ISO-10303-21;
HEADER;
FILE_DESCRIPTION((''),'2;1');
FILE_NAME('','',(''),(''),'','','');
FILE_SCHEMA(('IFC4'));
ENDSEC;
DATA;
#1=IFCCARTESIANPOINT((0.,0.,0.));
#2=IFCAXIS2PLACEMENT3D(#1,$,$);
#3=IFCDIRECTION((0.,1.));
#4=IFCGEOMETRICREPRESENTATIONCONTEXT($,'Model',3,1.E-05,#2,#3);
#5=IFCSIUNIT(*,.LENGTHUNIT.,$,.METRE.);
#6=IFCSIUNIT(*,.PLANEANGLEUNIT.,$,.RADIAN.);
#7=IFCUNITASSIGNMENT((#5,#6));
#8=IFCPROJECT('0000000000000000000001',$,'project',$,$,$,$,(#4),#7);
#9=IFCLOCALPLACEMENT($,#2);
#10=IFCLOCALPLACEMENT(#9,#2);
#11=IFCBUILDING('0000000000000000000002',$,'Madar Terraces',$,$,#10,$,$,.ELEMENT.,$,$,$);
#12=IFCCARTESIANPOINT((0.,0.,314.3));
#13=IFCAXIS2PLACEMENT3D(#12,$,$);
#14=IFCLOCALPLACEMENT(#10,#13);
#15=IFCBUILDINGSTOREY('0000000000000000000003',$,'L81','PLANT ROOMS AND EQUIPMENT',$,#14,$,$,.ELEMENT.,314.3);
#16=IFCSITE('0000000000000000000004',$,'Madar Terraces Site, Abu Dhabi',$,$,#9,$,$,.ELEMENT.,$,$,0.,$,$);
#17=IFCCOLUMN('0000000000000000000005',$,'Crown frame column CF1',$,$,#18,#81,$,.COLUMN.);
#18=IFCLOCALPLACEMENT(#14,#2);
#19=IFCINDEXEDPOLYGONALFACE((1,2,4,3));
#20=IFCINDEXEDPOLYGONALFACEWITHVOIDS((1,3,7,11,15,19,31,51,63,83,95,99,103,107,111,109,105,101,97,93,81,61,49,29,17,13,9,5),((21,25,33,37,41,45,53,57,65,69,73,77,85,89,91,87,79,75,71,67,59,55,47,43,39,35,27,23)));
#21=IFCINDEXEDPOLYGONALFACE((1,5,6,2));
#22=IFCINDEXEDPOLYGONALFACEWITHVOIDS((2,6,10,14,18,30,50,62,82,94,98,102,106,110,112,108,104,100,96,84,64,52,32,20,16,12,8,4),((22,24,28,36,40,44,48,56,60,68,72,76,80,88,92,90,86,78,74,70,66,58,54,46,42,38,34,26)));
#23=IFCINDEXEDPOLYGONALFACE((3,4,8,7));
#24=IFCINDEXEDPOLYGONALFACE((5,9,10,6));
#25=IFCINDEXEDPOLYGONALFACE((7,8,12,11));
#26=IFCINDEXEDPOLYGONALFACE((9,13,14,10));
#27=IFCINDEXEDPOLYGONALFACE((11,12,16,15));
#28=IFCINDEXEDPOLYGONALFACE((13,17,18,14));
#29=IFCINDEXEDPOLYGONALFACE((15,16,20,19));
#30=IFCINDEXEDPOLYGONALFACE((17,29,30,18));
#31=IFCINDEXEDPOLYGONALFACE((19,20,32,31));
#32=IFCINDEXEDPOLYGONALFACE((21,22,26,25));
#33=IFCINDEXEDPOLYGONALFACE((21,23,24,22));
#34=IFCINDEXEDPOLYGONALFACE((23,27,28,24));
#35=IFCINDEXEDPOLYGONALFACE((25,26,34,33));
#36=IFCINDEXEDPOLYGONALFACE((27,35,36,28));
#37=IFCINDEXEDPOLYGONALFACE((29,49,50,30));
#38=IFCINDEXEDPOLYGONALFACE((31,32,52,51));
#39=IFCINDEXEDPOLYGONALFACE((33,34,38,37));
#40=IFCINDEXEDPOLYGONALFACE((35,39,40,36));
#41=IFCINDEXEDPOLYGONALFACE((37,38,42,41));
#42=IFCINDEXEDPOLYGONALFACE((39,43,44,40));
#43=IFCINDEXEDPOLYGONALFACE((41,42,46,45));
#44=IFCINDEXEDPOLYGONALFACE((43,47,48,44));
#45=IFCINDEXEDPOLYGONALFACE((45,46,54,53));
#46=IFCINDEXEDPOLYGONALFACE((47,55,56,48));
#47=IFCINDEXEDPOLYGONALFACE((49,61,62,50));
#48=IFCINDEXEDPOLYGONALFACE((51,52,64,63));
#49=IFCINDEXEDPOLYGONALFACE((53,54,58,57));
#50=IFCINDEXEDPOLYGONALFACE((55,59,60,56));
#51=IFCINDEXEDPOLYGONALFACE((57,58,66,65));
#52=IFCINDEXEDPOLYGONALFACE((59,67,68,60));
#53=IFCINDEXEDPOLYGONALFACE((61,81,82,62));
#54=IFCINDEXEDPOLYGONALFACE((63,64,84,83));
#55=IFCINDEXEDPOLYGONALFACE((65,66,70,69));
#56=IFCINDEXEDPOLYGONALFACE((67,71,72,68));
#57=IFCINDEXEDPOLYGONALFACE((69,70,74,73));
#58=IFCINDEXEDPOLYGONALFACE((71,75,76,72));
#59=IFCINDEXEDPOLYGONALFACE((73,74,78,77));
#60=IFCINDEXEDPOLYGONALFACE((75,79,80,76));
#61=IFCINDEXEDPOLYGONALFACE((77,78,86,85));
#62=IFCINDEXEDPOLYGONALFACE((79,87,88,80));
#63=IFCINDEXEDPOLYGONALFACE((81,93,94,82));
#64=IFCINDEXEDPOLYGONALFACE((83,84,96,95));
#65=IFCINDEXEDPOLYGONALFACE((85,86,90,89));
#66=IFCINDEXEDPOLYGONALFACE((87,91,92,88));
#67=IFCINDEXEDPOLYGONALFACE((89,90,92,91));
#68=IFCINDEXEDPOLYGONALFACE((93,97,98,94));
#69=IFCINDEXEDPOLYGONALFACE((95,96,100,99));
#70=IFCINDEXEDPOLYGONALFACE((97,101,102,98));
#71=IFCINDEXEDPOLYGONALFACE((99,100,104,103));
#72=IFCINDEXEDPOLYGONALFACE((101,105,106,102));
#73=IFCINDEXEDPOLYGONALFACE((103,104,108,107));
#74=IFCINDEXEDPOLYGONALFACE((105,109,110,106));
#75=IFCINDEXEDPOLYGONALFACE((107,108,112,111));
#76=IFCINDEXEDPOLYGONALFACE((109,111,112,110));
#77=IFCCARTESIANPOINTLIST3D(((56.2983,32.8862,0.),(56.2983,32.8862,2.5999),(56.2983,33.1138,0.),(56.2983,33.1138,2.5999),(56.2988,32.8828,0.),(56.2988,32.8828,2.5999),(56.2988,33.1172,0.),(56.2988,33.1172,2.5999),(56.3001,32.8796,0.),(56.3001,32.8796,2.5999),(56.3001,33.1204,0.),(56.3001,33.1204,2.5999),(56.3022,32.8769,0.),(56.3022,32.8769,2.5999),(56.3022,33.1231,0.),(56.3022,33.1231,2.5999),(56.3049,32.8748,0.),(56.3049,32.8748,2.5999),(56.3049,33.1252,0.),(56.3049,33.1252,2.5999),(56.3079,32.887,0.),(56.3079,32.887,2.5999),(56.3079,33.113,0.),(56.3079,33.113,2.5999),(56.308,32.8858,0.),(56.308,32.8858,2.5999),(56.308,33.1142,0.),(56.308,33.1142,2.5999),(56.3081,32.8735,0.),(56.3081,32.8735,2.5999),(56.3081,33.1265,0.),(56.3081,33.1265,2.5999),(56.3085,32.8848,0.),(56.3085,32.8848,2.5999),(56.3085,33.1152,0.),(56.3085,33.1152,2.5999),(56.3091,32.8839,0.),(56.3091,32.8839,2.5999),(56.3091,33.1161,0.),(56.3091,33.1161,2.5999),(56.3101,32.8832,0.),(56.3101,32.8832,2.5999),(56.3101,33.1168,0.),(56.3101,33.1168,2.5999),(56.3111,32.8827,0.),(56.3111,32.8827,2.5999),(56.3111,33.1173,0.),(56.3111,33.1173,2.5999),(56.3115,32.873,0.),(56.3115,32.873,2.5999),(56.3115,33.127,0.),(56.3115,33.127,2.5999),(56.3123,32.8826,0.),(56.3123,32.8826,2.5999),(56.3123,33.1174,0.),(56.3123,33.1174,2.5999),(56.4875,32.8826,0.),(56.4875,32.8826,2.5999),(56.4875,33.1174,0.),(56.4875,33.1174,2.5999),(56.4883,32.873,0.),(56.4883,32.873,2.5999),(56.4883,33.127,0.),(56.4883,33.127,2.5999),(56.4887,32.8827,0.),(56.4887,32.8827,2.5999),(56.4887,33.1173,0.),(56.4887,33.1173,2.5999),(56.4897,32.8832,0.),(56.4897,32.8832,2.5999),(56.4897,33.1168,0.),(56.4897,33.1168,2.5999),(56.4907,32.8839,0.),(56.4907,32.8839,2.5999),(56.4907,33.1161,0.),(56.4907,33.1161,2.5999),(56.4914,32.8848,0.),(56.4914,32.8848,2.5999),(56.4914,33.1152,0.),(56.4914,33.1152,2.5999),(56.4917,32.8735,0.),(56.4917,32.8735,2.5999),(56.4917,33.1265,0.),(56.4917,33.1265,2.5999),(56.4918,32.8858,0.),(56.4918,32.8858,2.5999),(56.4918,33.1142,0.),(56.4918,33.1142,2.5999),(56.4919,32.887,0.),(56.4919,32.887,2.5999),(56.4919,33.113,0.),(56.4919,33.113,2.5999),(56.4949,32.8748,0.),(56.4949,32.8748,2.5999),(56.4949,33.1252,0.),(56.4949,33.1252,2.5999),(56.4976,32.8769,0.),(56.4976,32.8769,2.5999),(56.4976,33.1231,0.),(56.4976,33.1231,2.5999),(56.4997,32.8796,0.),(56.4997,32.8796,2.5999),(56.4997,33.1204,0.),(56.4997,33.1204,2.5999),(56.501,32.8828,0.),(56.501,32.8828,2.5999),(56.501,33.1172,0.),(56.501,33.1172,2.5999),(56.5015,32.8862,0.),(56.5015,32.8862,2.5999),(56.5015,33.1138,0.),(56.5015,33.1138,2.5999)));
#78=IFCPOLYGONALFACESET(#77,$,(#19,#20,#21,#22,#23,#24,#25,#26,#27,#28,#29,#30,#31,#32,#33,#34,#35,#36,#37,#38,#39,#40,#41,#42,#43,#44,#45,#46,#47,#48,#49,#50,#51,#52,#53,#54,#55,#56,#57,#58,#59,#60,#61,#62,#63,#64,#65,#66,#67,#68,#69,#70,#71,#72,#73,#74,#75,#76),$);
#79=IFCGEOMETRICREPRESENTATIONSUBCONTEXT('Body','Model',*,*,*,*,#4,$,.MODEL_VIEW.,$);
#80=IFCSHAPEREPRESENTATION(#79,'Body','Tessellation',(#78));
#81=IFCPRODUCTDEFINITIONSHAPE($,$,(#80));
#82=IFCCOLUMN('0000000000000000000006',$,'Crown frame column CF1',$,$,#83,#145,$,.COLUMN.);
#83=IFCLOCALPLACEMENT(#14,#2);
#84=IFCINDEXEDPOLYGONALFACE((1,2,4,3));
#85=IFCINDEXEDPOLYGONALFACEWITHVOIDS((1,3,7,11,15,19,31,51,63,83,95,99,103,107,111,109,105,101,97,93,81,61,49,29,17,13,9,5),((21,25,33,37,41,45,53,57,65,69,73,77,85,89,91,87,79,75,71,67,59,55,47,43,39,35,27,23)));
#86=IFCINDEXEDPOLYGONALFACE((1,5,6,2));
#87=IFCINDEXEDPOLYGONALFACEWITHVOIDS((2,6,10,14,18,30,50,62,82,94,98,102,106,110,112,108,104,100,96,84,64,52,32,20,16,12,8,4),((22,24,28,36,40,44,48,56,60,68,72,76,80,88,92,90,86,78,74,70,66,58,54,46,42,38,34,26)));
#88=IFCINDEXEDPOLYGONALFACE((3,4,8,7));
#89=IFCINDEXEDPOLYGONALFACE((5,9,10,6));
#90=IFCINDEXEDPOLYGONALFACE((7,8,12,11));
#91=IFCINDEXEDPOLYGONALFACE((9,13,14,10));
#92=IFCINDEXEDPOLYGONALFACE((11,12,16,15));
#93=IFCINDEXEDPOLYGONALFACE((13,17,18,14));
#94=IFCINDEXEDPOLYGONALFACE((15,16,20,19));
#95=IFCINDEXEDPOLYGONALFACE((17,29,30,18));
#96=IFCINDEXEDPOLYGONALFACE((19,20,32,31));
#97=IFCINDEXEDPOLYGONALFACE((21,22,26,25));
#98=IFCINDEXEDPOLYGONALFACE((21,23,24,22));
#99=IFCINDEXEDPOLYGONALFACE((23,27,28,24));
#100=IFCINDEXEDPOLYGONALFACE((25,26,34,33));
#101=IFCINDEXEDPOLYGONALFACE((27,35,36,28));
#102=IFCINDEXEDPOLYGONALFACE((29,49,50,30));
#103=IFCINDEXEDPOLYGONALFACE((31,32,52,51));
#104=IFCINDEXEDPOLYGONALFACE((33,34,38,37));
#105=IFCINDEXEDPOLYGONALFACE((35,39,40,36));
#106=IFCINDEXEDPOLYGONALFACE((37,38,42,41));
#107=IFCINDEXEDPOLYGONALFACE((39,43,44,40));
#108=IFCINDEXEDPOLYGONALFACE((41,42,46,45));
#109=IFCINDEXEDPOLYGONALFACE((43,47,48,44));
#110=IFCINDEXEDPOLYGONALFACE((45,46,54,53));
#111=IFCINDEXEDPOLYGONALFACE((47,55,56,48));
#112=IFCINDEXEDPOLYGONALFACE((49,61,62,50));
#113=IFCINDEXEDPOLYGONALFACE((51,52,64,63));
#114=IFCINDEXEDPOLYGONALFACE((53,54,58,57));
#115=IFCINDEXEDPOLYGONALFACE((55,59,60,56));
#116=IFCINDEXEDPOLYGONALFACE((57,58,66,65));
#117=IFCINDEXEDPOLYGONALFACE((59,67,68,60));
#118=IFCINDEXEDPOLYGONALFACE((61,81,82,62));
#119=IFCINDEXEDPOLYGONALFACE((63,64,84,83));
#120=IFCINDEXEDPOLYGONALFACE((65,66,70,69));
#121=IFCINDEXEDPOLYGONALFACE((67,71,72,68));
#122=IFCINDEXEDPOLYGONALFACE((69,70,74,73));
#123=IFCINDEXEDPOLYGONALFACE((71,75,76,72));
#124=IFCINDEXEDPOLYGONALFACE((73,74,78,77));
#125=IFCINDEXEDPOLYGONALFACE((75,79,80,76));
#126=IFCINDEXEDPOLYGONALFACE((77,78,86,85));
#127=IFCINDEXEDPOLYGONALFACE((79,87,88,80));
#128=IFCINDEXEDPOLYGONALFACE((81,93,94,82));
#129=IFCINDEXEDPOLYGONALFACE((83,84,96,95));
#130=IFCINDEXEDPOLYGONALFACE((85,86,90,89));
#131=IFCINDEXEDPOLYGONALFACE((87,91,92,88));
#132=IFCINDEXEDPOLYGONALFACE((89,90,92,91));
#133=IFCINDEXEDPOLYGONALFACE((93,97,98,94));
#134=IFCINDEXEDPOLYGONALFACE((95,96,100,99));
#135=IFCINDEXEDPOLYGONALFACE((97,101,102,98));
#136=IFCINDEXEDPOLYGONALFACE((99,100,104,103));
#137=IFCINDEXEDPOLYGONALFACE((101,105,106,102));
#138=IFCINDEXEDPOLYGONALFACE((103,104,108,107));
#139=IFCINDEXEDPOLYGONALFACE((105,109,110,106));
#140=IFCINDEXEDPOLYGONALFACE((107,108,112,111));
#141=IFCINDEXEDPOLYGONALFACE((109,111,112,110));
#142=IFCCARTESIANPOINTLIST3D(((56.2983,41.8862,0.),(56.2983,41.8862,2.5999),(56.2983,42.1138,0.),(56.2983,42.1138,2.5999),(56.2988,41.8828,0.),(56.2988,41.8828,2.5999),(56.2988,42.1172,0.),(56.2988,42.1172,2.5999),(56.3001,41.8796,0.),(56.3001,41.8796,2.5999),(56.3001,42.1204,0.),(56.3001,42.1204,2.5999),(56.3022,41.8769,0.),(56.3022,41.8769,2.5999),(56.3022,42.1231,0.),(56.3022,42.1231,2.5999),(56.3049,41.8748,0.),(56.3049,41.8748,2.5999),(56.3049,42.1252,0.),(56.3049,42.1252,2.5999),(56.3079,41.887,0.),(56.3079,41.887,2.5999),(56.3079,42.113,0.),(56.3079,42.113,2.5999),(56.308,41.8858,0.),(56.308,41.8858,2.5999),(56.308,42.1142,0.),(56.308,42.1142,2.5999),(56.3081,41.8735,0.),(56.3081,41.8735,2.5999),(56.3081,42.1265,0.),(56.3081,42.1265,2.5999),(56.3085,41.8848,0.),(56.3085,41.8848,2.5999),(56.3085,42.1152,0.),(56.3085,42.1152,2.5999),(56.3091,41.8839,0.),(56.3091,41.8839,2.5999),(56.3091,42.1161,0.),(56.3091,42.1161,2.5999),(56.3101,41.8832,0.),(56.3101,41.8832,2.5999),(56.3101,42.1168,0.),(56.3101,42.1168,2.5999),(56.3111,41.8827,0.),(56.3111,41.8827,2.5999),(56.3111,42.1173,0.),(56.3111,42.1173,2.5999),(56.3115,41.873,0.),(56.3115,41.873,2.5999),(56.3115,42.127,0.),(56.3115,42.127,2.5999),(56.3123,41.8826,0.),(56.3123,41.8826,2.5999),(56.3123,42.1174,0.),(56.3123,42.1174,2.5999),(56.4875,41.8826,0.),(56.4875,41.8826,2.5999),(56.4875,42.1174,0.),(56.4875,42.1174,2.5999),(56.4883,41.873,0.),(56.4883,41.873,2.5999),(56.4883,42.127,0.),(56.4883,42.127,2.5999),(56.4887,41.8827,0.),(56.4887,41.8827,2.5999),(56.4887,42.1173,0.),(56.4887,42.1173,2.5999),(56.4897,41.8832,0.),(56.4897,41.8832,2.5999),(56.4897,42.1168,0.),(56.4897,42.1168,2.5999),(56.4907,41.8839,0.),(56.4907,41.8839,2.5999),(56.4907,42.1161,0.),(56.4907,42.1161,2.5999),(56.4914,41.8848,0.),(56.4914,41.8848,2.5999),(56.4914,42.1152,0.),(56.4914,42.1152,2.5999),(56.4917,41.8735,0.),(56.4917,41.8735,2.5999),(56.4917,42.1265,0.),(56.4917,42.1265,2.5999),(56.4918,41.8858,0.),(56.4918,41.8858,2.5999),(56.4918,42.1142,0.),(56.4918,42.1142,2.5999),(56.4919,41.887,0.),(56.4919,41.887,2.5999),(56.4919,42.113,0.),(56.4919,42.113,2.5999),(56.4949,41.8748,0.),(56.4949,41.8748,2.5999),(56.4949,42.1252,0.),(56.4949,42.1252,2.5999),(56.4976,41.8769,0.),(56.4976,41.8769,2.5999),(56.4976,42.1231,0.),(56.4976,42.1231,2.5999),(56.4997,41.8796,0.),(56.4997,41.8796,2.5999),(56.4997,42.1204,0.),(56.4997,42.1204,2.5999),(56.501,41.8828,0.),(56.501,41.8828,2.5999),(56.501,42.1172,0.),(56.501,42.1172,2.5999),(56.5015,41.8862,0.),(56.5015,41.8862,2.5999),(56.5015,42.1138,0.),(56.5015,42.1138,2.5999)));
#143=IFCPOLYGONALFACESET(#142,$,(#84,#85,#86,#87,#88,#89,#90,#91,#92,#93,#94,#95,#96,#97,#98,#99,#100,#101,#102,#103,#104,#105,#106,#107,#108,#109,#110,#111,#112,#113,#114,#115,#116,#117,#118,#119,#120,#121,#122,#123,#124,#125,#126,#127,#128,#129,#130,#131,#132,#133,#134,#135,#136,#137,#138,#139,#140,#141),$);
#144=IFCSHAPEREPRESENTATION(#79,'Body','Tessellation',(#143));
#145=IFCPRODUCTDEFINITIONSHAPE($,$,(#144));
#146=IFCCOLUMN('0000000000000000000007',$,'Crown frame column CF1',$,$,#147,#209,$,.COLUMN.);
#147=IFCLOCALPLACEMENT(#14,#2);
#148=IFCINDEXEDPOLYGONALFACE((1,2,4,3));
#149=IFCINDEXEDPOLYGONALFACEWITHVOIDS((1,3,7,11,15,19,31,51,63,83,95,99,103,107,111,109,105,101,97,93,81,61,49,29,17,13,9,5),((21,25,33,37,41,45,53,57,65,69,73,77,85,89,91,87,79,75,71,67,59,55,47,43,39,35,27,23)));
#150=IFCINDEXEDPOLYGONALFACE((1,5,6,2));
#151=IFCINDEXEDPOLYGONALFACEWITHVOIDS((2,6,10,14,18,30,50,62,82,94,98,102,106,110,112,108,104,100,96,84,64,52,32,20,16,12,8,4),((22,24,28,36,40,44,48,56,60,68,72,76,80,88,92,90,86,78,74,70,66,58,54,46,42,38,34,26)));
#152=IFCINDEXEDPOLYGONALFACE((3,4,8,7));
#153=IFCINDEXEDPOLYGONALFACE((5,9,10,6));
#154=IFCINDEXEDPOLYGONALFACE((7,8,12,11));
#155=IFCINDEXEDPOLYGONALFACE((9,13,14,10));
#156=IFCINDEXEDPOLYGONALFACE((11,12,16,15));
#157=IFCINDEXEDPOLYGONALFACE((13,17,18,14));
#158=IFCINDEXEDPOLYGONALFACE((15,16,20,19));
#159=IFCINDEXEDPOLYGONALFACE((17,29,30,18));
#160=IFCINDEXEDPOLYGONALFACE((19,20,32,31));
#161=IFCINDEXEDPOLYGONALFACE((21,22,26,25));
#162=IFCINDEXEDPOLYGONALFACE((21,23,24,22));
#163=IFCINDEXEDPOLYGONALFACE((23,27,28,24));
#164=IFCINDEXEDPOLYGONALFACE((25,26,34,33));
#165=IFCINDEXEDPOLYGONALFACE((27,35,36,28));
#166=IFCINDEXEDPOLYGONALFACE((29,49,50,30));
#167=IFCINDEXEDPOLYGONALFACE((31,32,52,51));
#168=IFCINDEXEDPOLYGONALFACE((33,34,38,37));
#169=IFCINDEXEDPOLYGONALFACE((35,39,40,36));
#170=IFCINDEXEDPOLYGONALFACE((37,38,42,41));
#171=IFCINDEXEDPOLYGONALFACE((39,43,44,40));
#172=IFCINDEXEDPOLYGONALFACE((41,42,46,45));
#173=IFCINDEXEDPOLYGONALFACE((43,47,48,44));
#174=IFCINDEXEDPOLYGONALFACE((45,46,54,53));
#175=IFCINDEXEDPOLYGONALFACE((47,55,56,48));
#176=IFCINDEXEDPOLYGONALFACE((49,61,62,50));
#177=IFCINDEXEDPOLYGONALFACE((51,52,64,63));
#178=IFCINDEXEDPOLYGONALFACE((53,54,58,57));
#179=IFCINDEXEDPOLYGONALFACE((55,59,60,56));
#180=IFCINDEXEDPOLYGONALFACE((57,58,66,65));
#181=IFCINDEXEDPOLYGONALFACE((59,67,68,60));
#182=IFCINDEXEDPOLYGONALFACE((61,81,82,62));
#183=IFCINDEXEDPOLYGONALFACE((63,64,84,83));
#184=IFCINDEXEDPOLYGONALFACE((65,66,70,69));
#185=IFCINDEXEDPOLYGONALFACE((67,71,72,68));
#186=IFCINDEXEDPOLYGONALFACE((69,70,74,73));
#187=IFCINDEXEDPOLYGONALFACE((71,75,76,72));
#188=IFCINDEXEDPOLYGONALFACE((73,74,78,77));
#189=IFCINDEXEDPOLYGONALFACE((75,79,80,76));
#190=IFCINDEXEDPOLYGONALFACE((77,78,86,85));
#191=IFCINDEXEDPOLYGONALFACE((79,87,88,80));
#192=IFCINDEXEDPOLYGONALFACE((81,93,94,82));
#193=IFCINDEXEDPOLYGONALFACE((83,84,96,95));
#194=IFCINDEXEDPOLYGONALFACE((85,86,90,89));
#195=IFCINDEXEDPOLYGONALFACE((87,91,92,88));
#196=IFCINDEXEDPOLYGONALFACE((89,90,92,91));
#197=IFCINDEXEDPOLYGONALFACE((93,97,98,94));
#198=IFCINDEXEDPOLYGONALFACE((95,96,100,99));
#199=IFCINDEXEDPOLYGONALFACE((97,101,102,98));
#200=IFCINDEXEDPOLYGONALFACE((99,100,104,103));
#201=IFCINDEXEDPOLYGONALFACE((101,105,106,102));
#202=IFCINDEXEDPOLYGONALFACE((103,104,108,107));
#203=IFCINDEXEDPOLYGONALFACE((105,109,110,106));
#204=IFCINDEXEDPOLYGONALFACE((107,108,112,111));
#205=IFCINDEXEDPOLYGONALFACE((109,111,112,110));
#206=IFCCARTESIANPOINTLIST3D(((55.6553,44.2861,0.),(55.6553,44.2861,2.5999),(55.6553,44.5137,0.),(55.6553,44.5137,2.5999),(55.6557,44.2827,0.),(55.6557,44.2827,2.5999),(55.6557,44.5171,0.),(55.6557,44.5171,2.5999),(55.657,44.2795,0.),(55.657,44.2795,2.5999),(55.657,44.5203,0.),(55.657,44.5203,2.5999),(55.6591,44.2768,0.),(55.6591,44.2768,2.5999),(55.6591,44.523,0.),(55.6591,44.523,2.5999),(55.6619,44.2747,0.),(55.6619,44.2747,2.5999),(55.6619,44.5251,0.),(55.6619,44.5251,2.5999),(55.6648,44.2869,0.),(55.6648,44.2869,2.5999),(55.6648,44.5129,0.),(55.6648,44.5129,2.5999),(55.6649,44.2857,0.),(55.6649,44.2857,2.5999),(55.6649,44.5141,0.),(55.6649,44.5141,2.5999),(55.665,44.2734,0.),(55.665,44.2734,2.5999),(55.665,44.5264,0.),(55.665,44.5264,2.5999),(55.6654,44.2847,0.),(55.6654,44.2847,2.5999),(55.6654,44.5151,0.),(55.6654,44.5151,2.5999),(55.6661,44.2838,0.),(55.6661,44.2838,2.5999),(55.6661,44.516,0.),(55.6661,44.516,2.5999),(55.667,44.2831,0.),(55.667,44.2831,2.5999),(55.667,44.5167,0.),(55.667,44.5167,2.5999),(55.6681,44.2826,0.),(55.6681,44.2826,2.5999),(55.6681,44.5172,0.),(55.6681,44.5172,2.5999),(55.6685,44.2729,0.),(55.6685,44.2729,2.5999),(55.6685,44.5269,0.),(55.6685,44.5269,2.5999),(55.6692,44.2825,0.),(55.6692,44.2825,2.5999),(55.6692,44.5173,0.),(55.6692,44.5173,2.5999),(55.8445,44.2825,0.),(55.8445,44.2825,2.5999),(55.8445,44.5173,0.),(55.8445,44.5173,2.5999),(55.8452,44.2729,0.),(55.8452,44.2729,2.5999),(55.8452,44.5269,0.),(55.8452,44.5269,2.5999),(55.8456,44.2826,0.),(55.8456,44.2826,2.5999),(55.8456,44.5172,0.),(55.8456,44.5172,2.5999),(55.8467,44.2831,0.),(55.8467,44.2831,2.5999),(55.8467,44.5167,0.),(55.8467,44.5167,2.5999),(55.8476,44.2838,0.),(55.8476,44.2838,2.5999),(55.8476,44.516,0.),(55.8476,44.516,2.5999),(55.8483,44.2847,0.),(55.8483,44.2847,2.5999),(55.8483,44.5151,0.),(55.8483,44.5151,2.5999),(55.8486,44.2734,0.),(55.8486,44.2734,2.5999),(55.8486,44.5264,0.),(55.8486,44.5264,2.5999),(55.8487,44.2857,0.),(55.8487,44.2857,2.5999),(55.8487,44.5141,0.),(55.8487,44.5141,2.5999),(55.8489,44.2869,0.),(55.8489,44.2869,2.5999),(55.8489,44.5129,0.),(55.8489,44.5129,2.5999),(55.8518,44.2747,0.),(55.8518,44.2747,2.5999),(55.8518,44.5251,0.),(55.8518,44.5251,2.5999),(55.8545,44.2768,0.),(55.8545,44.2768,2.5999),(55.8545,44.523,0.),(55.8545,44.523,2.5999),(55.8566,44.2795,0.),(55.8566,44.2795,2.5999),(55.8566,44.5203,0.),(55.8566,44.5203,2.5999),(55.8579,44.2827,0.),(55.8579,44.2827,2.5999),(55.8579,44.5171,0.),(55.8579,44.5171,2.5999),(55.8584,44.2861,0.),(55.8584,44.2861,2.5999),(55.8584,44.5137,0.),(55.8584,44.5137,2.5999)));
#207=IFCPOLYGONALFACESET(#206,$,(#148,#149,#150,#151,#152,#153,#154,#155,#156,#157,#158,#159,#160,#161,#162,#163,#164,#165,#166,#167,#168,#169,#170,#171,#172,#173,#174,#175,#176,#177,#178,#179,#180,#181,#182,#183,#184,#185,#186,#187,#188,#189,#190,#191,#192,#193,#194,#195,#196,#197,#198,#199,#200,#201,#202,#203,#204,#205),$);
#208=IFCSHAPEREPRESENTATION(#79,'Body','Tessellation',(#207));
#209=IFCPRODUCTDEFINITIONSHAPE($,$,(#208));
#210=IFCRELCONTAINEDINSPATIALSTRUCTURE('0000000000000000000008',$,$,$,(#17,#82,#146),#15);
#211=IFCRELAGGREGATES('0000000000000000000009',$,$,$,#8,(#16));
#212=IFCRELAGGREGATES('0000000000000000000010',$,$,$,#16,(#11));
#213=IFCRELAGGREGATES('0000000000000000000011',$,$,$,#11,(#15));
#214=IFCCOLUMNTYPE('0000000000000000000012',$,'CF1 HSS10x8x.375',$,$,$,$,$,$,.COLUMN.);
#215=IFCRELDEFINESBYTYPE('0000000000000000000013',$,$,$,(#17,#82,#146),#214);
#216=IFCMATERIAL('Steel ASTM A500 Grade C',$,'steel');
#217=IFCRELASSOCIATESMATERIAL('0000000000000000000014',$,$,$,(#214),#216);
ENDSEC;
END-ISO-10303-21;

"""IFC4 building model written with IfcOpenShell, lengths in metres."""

from ifc_helpers import new_model, si_unit, direction, frame, origin, origin_2d, place, context, subcontext, project, spatial, hollow_rectangle, extrude, material, material_profile, profile_set, type_object, element, save


model = new_model("IFC4")

# Units and contexts
model_context = context("Model", 3, precision=1e-05, world=origin(), true_north=direction((0.0, 1.0)))
body_context = subcontext(model_context, "Body", "Model", "MODEL_VIEW")
ifc_project = project(units=[si_unit("LENGTHUNIT", "METRE"), si_unit("PLANEANGLEUNIT", "RADIAN")], contexts=[model_context])

# Site, building, storey
site_placement = place(None, origin())
site = spatial("IfcSite", under=ifc_project, at=site_placement, Name="Madar Terraces Site, Abu Dhabi", CompositionType="ELEMENT", RefElevation=0.0)
building_placement = place(site_placement, origin())
building = spatial("IfcBuilding", under=site, at=building_placement, Name="Madar Terraces", CompositionType="ELEMENT")
storey_placement = place(building_placement, frame((0.0, 0.0, 314.3)))
storey = spatial("IfcBuildingStorey", under=building, at=storey_placement, Name="L81", Description="PLANT ROOMS AND EQUIPMENT", CompositionType="ELEMENT", Elevation=314.3)

# Columns
ifc_material_1 = material(Name="Steel ASTM A500 Grade C", Category="steel")
ifc_material_profile_1 = material_profile(ifc_material_1, hollow_rectangle(XDim=0.2031, YDim=0.2539, WallThickness=0.0095, InnerFilletRadius=0.0044, OuterFilletRadius=0.0132, at=origin_2d()), Name="HSS10x8x.375")
ifc_profile_set_1 = profile_set([ifc_material_profile_1], Name="Steel ASTM A500 Grade C")
column_type = type_object("IfcColumnType", Name="CF1 HSS10x8x.375", PredefinedType="COLUMN", material=ifc_profile_set_1)
for number, where, z_axis, x_axis, name in (
    (1, (56.3999, 33.0, 0.0), (0.0, 0.0, 1.0), (1.0, 0.0, 0.0), "Crown frame column CF1"),
    (2, (56.3999, 42.0, 0.0), (0.0, 0.0, 1.0), (1.0, 0.0, 0.0), "Crown frame column CF1"),
    (3, (55.7568, 44.3999, 0.0), (0.0, 0.0, 1.0), (1.0, 0.0, 0.0), "Crown frame column CF1"),
):
    element("IfcColumn", number, at=place(storey_placement, frame(where, z_axis=z_axis, x_axis=x_axis)), inside=storey, type_object=column_type, Name=name, PredefinedType="COLUMN", context=body_context, shape_type="SweptSolid", body=[
        extrude(hollow_rectangle(XDim=0.2031, YDim=0.2539, WallThickness=0.0095, InnerFilletRadius=0.0044, OuterFilletRadius=0.0132, at=origin_2d()), origin(), (0.0, 0.0, 1.0), 2.5999),
    ])

save(model, "model.ifc")
